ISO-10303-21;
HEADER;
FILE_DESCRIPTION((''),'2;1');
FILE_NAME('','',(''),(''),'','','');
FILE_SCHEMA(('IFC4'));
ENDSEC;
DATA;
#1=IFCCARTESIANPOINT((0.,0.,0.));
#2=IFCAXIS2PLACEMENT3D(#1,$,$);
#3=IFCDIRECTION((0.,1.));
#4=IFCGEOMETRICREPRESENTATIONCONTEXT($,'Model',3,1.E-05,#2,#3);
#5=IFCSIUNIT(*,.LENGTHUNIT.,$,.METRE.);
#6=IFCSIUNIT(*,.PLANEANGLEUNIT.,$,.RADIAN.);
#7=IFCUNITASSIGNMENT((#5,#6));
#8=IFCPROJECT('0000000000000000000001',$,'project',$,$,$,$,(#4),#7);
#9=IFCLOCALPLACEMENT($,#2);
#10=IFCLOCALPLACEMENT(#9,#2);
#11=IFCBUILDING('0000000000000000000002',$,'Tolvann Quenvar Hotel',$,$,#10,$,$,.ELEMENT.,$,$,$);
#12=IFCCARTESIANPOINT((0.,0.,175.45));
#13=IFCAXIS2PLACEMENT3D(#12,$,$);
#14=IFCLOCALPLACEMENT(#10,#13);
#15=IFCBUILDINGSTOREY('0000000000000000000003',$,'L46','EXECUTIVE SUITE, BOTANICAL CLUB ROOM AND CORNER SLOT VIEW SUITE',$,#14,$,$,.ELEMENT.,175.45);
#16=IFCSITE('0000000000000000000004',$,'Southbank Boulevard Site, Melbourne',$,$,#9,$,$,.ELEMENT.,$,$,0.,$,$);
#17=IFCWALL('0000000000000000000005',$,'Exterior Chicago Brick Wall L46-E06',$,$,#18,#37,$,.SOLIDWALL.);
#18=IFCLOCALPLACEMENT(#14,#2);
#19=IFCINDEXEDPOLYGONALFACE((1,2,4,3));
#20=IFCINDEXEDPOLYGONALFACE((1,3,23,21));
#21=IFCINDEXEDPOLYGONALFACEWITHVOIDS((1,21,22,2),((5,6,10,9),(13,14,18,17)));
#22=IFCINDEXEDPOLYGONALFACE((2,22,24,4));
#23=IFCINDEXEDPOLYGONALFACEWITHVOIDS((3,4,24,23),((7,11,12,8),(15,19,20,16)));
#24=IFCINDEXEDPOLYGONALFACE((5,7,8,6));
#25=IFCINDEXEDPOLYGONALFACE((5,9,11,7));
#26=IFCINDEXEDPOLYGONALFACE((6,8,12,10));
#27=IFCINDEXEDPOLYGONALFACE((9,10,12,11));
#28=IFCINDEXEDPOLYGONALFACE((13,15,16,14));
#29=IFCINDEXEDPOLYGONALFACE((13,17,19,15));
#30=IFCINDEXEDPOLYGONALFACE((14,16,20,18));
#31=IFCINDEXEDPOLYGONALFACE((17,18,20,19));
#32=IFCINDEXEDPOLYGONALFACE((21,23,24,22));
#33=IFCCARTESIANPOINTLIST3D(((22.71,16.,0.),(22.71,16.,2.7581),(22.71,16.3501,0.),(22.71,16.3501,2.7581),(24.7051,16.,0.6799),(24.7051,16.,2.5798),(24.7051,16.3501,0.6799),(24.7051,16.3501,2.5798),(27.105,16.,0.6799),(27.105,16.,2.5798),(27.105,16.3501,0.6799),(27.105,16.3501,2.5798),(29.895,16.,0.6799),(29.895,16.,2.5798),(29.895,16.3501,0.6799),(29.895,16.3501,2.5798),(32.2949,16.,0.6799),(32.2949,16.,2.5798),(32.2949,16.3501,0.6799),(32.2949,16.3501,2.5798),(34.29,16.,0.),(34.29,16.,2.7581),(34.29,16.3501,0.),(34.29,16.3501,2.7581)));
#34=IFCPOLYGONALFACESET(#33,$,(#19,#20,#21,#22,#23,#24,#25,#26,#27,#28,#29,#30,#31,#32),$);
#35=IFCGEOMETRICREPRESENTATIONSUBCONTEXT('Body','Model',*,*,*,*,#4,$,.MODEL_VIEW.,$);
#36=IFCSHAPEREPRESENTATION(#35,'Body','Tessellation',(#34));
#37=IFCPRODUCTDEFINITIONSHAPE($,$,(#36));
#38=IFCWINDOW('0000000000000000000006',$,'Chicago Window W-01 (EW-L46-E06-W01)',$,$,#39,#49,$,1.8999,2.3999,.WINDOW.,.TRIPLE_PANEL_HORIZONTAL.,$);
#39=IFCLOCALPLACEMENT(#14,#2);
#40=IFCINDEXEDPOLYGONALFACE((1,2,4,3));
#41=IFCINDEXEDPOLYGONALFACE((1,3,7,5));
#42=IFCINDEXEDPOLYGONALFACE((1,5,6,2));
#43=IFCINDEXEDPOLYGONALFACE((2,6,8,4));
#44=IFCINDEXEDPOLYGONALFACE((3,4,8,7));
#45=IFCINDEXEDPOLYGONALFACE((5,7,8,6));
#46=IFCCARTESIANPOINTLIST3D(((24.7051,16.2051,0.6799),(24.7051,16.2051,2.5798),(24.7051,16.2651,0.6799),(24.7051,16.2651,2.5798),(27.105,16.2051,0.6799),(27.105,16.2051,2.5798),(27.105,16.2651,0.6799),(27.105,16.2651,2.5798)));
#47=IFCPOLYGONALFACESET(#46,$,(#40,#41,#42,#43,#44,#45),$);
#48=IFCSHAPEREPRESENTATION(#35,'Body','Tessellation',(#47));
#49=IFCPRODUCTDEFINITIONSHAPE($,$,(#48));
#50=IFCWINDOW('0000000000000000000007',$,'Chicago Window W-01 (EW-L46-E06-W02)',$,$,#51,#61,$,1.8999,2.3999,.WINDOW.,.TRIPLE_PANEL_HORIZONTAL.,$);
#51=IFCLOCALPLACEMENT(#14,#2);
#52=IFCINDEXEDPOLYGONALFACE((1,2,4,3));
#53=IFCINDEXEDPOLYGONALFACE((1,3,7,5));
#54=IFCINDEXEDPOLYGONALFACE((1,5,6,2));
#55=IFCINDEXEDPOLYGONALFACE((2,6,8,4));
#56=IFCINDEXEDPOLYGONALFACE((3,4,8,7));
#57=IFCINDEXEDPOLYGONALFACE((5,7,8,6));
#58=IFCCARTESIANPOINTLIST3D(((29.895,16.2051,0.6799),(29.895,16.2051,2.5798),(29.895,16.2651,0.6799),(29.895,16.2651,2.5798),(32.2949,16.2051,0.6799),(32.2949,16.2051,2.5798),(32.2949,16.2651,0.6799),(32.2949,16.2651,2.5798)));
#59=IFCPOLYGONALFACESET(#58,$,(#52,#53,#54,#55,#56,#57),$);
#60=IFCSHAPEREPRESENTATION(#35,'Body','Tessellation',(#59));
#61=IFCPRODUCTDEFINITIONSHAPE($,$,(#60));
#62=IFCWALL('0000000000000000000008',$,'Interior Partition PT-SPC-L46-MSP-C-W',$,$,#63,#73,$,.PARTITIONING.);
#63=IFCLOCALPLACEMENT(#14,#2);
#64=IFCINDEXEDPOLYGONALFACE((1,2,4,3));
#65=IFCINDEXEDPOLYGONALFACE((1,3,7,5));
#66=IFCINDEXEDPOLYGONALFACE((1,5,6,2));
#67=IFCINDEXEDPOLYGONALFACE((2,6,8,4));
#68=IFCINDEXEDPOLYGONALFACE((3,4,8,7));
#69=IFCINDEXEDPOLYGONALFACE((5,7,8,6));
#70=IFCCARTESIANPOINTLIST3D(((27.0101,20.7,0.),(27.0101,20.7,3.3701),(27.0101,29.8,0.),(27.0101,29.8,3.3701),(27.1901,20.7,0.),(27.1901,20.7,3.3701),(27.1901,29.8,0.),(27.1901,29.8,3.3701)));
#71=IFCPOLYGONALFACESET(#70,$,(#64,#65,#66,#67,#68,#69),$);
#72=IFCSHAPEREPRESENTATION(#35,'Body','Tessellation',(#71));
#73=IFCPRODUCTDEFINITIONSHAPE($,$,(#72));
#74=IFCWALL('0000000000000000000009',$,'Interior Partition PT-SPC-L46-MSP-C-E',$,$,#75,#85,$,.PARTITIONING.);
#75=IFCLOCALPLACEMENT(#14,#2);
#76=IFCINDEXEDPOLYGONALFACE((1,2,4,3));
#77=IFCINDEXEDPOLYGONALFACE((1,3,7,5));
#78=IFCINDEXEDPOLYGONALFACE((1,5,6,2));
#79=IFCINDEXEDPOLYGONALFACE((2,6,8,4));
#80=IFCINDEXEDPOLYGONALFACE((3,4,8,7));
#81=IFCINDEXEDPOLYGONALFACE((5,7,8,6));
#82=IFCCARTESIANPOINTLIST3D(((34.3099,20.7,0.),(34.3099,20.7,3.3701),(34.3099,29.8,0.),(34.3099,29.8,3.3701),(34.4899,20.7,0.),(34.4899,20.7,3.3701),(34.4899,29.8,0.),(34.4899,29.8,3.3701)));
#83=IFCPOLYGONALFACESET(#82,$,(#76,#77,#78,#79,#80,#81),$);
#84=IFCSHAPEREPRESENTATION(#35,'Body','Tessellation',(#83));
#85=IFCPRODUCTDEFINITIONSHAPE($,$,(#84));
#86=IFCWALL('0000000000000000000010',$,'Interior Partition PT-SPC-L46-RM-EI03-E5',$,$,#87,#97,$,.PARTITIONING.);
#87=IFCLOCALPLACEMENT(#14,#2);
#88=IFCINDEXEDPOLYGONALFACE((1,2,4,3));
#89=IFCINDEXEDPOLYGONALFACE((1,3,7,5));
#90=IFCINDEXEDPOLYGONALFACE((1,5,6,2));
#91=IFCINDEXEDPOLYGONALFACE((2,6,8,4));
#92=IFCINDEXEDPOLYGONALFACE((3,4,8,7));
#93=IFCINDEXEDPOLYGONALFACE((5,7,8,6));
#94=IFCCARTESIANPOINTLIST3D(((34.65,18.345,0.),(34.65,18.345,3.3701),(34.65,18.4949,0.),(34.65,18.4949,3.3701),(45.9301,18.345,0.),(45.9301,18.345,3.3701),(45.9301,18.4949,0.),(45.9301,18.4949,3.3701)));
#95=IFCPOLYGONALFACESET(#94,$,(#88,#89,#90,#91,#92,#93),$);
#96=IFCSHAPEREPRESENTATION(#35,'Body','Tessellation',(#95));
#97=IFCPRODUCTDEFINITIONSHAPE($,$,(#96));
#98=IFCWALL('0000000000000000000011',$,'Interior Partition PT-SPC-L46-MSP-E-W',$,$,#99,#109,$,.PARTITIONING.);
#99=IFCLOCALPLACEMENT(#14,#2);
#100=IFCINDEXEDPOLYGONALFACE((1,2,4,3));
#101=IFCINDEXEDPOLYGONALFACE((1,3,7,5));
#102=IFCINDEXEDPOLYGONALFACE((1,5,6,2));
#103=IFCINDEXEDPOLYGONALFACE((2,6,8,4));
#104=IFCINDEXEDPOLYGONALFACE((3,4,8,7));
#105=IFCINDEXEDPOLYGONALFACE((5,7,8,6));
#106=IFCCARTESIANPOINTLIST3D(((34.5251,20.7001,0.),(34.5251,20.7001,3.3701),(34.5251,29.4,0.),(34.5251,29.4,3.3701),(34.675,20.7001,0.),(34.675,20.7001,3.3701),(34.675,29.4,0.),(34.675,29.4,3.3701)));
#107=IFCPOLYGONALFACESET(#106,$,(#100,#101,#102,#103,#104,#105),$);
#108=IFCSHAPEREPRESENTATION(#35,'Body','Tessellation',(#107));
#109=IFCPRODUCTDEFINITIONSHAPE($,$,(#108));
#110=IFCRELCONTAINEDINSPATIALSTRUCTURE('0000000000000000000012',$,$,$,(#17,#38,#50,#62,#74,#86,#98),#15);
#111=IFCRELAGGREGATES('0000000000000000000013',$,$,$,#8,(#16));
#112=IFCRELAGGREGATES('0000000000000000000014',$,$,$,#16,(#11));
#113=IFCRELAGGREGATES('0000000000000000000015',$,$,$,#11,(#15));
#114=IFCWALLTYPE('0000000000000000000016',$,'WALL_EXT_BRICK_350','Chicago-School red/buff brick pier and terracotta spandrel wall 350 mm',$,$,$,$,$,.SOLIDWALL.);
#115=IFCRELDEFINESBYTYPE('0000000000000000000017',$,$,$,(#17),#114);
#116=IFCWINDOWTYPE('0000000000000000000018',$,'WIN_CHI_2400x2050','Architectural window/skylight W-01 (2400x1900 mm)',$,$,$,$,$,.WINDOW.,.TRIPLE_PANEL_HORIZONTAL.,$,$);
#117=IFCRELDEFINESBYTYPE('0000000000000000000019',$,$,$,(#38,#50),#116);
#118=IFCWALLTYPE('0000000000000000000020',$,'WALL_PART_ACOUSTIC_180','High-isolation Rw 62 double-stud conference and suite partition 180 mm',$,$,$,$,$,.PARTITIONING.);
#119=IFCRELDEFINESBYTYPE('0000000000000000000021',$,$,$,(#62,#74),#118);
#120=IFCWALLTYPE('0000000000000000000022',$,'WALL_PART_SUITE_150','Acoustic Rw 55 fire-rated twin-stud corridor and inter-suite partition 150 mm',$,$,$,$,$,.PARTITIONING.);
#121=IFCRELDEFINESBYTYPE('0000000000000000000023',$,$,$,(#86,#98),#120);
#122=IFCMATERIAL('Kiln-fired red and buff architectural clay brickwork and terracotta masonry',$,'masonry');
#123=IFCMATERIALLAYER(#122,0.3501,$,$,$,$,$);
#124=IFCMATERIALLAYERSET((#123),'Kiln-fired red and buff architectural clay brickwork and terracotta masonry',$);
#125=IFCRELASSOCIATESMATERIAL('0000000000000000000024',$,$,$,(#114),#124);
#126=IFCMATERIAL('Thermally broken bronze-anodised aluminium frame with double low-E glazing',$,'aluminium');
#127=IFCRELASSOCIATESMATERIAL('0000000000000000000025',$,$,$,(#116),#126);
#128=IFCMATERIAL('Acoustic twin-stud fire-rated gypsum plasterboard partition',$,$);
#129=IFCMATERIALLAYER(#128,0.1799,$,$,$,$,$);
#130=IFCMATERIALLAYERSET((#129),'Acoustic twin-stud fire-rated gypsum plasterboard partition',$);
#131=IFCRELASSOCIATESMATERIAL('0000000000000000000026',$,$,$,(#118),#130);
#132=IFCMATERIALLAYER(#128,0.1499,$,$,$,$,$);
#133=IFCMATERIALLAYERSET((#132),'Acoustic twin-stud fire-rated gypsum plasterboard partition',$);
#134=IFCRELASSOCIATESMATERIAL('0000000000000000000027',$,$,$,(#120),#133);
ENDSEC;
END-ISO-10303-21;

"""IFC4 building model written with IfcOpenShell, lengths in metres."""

from ifc_helpers import new_model, si_unit, direction, frame, frame_2d, origin, place, context, subcontext, project, spatial, rectangle, extrude, source, transform, mapped, material, layer, layer_set, type_object, type_shapes, element, fill, save


model = new_model("IFC4")

# Units and contexts
model_context = context("Model", 3, precision=1e-05, world=origin(), true_north=direction((0.0, 1.0)))
body_context = subcontext(model_context, "Body", "Model", "MODEL_VIEW")
ifc_project = project(units=[si_unit("LENGTHUNIT", "METRE"), si_unit("PLANEANGLEUNIT", "RADIAN")], contexts=[model_context])

# Site, building, storey
site_placement = place(None, origin())
site = spatial("IfcSite", under=ifc_project, at=site_placement, Name="Southbank Boulevard Site, Melbourne", CompositionType="ELEMENT", RefElevation=0.0)
building_placement = place(site_placement, origin())
building = spatial("IfcBuilding", under=site, at=building_placement, Name="Tolvann Quenvar Hotel", CompositionType="ELEMENT")
storey_placement = place(building_placement, frame((0.0, 0.0, 175.45)))
storey = spatial("IfcBuildingStorey", under=building, at=storey_placement, Name="L46", Description="EXECUTIVE SUITE, BOTANICAL CLUB ROOM AND CORNER SLOT VIEW SUITE", CompositionType="ELEMENT", Elevation=175.45)

# Wall, openings, windows
ifc_material_1 = material(Name="Kiln-fired red and buff architectural clay brickwork and terracotta masonry", Category="masonry")
ifc_layer_1 = layer(ifc_material_1, 0.3501)
ifc_layer_set_1 = layer_set([ifc_layer_1], Name="Kiln-fired red and buff architectural clay brickwork and terracotta masonry")
wall_type_1 = type_object("IfcWallType", Name="WALL_EXT_BRICK_350", Description="Chicago-School red/buff brick pier and terracotta spandrel wall 350 mm", PredefinedType="SOLIDWALL", material=ifc_layer_set_1)
wall_1_placement = place(storey_placement, frame((22.71, 16.175, 0.0), z_axis=(0.0, 0.0, 1.0), x_axis=(1.0, 0.0, 0.0)))
wall_1 = element("IfcWall", 1, at=wall_1_placement, inside=storey, type_object=wall_type_1, Name="Exterior Chicago Brick Wall L46-E06", PredefinedType="SOLIDWALL", context=body_context, shape_type="SweptSolid", body=[
    extrude(rectangle(XDim=11.5801, YDim=0.3501, at=frame_2d((5.79, 0.0))), origin(), (0.0, 0.0, 1.0), 2.7581),
])
opening_1_placement = place(wall_1_placement, frame((1.9951, 0.0, 0.6799)))
opening_1 = element("IfcOpeningElement", 2, at=opening_1_placement, cuts=wall_1, PredefinedType="OPENING", context=body_context, shape_type="SweptSolid", body=[
    extrude(rectangle(XDim=2.3999, YDim=1.8999, at=frame_2d((1.2, 0.95))), frame((0.0, 0.1851, 0.0), z_axis=(0.0, -1.0, 0.0), x_axis=(1.0, 0.0, 0.0)), (0.0, 0.0, 1.0), 0.3701),
])
opening_2_placement = place(wall_1_placement, frame((7.1851, 0.0, 0.6799)))
opening_2 = element("IfcOpeningElement", 3, at=opening_2_placement, cuts=wall_1, PredefinedType="OPENING", context=body_context, shape_type="SweptSolid", body=[
    extrude(rectangle(XDim=2.3999, YDim=1.8999, at=frame_2d((1.2, 0.95))), frame((0.0, 0.1851, 0.0), z_axis=(0.0, -1.0, 0.0), x_axis=(1.0, 0.0, 0.0)), (0.0, 0.0, 1.0), 0.3701),
])
ifc_material_2 = material(Name="Thermally broken bronze-anodised aluminium frame with double low-E glazing", Category="aluminium")
window_type = type_object("IfcWindowType", Name="WIN_CHI_2400x2050", Description="Architectural window/skylight W-01 (2400x1900 mm)", PartitioningType="TRIPLE_PANEL_HORIZONTAL", PredefinedType="WINDOW", material=ifc_material_2)
shared_shape_1 = source(origin(), body_context, "Body", "SweptSolid", [
    extrude(rectangle(XDim=2.3999, YDim=1.8999, at=frame_2d((1.2, 0.95))), frame((0.0, 0.0901, 0.0), z_axis=(0.0, -1.0, 0.0), x_axis=(1.0, 0.0, 0.0)), (0.0, 0.0, 1.0), 0.0601),
])
type_shapes(window_type, [shared_shape_1])
window_1_placement = place(opening_1_placement, origin())
window_1 = element("IfcWindow", 4, at=window_1_placement, inside=storey, type_object=window_type, Name="Chicago Window W-01 (EW-L46-E06-W01)", OverallHeight=1.8999, OverallWidth=2.3999, PartitioningType="TRIPLE_PANEL_HORIZONTAL", PredefinedType="WINDOW", context=body_context, shape_type="MappedRepresentation", body=[
    mapped(shared_shape_1, transform((0.0, 0.0, 0.0), x_axis=(1.0, 0.0, 0.0), y_axis=(0.0, 1.0, 0.0), z_axis=(0.0, 0.0, 1.0), scale=1.0)),
])
fill(opening_1, window_1)
window_2_placement = place(opening_2_placement, origin())
window_2 = element("IfcWindow", 5, at=window_2_placement, inside=storey, type_object=window_type, Name="Chicago Window W-01 (EW-L46-E06-W02)", OverallHeight=1.8999, OverallWidth=2.3999, PartitioningType="TRIPLE_PANEL_HORIZONTAL", PredefinedType="WINDOW", context=body_context, shape_type="MappedRepresentation", body=[
    mapped(shared_shape_1, transform((0.0, 0.0, 0.0), x_axis=(1.0, 0.0, 0.0), y_axis=(0.0, 1.0, 0.0), z_axis=(0.0, 0.0, 1.0), scale=1.0)),
])
fill(opening_2, window_2)

# Shared definitions
ifc_material_3 = material(Name="Acoustic twin-stud fire-rated gypsum plasterboard partition")
ifc_layer_2 = layer(ifc_material_3, 0.1799)
ifc_layer_set_2 = layer_set([ifc_layer_2], Name="Acoustic twin-stud fire-rated gypsum plasterboard partition")
wall_type_2 = type_object("IfcWallType", Name="WALL_PART_ACOUSTIC_180", Description="High-isolation Rw 62 double-stud conference and suite partition 180 mm", PredefinedType="PARTITIONING", material=ifc_layer_set_2)

# Walls
for number, where, z_axis, x_axis, name in (
    (6, (27.1001, 20.7, 0.0), (0.0, 0.0, 1.0), (0.0, 1.0, 0.0), "Interior Partition PT-SPC-L46-MSP-C-W"),
    (7, (34.3999, 20.7, 0.0), (0.0, 0.0, 1.0), (0.0, 1.0, 0.0), "Interior Partition PT-SPC-L46-MSP-C-E"),
):
    element("IfcWall", number, at=place(storey_placement, frame(where, z_axis=z_axis, x_axis=x_axis)), inside=storey, type_object=wall_type_2, Name=name, PredefinedType="PARTITIONING", context=body_context, shape_type="SweptSolid", body=[
        extrude(rectangle(XDim=9.1001, YDim=0.1799, at=frame_2d((4.55, 0.0))), origin(), (0.0, 0.0, 1.0), 3.3701),
    ])
ifc_layer_3 = layer(ifc_material_3, 0.1499)
ifc_layer_set_3 = layer_set([ifc_layer_3], Name="Acoustic twin-stud fire-rated gypsum plasterboard partition")
wall_type_3 = type_object("IfcWallType", Name="WALL_PART_SUITE_150", Description="Acoustic Rw 55 fire-rated twin-stud corridor and inter-suite partition 150 mm", PredefinedType="PARTITIONING", material=ifc_layer_set_3)
wall_2_placement = place(storey_placement, frame((34.6499, 18.4199, 0.0), z_axis=(0.0, 0.0, 1.0), x_axis=(1.0, 0.0, 0.0)))
element("IfcWall", 8, at=wall_2_placement, inside=storey, type_object=wall_type_3, Name="Interior Partition PT-SPC-L46-RM-EI03-E5", PredefinedType="PARTITIONING", context=body_context, shape_type="SweptSolid", body=[
    extrude(rectangle(XDim=11.28, YDim=0.1499, at=frame_2d((5.6401, 0.0))), origin(), (0.0, 0.0, 1.0), 3.3701),
])

# Wall
wall_3_placement = place(storey_placement, frame((34.6001, 20.7, 0.0), z_axis=(0.0, 0.0, 1.0), x_axis=(0.0, 1.0, 0.0)))
element("IfcWall", 9, at=wall_3_placement, inside=storey, type_object=wall_type_3, Name="Interior Partition PT-SPC-L46-MSP-E-W", PredefinedType="PARTITIONING", context=body_context, shape_type="SweptSolid", body=[
    extrude(rectangle(XDim=8.7, YDim=0.1499, at=frame_2d((4.3501, 0.0))), origin(), (0.0, 0.0, 1.0), 3.3701),
])

save(model, "model.ifc")
